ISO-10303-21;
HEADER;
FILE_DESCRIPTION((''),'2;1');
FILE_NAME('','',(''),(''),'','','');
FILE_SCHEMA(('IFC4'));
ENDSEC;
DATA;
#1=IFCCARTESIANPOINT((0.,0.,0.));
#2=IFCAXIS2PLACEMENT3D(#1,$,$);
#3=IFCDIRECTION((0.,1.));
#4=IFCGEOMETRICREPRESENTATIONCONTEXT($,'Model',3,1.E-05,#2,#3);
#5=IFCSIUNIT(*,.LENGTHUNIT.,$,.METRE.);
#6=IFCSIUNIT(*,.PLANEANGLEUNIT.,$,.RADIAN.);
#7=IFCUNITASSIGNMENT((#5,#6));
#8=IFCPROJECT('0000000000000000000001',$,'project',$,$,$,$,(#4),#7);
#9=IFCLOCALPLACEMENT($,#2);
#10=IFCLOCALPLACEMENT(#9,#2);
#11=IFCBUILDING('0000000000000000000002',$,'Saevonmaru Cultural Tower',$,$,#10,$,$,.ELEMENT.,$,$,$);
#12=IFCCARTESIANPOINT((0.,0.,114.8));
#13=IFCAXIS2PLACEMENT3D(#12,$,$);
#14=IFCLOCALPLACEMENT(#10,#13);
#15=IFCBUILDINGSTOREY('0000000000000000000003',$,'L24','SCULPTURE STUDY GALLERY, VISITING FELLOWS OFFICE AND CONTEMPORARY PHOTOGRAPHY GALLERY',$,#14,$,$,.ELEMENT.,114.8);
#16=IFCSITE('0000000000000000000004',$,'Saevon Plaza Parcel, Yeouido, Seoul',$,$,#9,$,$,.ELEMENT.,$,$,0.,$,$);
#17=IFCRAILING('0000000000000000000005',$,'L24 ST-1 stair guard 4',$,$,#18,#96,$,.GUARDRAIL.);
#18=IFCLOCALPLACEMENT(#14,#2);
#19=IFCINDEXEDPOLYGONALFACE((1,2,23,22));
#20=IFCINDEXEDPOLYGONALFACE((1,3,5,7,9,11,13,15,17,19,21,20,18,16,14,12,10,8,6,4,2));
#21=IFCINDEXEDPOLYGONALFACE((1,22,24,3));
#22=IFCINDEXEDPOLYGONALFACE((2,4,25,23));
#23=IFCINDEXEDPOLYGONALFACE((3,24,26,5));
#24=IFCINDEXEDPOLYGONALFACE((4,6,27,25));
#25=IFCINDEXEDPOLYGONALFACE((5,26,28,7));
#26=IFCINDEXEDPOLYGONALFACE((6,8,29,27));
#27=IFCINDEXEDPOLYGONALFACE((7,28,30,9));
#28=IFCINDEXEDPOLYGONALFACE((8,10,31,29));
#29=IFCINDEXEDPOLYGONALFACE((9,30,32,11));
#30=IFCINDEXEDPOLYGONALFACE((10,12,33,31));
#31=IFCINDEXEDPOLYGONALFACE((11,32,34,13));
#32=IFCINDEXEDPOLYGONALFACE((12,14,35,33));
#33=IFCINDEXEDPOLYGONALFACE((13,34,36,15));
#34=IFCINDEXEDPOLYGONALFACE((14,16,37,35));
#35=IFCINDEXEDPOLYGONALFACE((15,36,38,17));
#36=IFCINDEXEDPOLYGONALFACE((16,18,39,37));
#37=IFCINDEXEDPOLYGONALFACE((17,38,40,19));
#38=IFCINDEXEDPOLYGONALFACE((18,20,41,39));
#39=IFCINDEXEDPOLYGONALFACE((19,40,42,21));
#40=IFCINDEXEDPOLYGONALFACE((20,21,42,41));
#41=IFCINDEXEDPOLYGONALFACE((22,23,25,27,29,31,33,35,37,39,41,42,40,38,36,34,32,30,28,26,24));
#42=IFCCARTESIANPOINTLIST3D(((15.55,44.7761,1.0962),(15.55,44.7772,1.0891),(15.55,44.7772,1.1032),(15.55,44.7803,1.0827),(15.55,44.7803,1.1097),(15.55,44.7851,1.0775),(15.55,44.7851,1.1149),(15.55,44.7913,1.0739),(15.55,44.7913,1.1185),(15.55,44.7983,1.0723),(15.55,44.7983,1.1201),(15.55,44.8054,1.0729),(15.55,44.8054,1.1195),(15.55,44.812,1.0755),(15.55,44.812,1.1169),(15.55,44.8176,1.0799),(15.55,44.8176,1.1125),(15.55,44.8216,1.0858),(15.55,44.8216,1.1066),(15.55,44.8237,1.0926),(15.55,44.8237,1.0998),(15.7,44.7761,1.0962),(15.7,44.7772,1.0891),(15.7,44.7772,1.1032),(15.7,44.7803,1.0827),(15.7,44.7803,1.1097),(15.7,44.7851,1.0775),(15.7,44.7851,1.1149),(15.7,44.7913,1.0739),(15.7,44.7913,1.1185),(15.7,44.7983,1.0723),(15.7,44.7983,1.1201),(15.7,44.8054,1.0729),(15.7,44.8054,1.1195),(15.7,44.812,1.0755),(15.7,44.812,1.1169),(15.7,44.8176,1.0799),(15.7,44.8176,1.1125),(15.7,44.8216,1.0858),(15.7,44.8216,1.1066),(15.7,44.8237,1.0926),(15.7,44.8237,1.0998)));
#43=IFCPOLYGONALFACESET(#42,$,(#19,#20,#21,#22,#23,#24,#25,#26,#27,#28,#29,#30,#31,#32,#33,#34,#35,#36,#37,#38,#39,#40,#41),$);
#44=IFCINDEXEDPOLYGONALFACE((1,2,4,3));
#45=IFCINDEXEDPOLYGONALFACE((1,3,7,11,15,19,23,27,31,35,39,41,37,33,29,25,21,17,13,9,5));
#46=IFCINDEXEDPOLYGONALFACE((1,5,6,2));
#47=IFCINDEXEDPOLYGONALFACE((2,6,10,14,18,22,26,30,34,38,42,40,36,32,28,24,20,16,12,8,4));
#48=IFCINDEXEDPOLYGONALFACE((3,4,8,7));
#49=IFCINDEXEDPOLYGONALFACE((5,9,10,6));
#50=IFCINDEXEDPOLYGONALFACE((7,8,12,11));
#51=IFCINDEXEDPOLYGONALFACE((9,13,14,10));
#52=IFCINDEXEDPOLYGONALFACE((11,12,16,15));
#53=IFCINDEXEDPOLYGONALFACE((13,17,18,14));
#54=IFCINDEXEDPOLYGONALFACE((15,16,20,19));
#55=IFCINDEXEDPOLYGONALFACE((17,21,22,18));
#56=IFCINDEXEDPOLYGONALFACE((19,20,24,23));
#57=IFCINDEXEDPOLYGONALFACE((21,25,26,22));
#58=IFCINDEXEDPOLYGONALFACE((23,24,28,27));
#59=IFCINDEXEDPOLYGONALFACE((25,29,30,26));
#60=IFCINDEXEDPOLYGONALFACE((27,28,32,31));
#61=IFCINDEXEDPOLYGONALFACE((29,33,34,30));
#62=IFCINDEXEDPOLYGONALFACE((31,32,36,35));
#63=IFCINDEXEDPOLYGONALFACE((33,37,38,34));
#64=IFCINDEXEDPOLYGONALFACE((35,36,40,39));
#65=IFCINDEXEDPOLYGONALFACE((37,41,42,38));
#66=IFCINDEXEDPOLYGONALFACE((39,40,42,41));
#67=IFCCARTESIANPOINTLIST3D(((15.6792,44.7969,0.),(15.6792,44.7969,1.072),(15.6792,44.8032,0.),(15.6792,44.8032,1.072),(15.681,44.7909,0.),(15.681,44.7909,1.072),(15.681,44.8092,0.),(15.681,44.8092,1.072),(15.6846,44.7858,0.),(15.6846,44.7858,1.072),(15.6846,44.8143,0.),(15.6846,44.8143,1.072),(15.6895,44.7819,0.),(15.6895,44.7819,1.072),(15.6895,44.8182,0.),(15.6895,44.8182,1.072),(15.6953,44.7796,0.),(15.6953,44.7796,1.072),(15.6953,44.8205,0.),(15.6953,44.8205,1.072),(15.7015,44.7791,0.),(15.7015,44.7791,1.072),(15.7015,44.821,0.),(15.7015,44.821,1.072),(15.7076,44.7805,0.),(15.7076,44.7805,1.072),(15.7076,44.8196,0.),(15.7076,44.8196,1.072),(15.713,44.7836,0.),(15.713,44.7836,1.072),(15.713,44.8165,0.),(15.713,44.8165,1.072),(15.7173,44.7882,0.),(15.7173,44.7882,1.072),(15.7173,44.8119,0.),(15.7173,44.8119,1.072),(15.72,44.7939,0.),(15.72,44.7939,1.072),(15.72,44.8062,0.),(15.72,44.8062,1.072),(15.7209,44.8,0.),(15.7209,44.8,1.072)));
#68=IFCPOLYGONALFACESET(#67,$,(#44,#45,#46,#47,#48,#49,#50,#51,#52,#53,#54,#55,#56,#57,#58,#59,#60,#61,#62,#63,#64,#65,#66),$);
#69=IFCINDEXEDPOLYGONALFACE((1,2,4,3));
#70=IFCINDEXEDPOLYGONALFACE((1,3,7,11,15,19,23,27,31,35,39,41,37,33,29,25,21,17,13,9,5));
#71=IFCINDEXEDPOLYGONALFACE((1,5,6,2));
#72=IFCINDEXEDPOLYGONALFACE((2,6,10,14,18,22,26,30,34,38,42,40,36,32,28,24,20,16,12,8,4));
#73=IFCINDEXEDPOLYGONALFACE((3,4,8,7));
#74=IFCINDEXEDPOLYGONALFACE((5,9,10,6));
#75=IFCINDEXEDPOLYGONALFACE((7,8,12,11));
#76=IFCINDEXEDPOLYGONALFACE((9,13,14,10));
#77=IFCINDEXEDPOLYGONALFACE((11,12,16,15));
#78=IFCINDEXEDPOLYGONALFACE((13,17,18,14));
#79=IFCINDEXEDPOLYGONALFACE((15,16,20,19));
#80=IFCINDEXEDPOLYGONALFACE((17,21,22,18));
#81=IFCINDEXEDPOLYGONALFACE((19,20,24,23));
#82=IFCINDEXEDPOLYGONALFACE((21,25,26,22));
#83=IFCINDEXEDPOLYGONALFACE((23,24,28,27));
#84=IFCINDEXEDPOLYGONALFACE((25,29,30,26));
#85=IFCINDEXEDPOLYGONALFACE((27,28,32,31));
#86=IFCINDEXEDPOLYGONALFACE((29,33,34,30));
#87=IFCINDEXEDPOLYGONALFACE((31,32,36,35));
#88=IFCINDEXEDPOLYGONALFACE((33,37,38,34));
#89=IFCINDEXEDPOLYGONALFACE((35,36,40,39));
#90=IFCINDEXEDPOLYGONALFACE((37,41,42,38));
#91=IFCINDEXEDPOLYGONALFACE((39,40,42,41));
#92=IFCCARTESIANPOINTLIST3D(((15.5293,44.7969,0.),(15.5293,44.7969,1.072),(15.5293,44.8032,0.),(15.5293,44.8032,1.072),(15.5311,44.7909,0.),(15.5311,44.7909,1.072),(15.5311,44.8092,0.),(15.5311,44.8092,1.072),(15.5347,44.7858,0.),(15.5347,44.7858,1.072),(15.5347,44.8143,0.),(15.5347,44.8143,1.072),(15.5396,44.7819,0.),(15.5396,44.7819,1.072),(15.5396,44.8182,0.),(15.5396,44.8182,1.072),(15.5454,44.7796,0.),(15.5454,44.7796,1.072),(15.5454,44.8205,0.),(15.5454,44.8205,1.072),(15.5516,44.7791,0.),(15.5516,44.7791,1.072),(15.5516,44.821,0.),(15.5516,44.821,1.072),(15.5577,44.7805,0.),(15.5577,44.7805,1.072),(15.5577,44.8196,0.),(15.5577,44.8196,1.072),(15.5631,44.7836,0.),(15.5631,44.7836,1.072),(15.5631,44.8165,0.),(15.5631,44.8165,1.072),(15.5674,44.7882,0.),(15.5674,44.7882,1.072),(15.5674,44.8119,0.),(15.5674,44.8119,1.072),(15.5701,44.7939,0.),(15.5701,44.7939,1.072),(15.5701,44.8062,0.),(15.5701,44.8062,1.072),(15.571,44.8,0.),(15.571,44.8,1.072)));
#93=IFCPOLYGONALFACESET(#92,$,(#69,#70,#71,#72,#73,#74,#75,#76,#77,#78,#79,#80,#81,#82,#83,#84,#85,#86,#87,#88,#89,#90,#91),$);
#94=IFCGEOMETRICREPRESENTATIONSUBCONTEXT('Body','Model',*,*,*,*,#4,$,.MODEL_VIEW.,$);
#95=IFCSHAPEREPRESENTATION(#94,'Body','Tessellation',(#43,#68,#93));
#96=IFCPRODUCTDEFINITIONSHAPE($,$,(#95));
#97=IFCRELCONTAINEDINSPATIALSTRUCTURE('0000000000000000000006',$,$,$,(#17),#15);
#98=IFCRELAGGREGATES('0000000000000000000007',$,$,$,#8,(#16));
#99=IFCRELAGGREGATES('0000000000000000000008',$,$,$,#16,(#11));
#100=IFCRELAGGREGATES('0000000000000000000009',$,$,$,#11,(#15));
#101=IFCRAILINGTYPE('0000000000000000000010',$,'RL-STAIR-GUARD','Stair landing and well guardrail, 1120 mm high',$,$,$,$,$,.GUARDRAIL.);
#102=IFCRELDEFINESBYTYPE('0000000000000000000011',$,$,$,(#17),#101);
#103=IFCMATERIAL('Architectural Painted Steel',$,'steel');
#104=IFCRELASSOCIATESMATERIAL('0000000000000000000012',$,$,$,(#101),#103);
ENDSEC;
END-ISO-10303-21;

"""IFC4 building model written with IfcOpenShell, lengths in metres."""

from ifc_helpers import new_model, si_unit, direction, frame, origin, origin_2d, place, context, subcontext, project, spatial, circle, extrude, material, type_object, element, save


model = new_model("IFC4")

# Units and contexts
model_context = context("Model", 3, precision=1e-05, world=origin(), true_north=direction((0.0, 1.0)))
body_context = subcontext(model_context, "Body", "Model", "MODEL_VIEW")
ifc_project = project(units=[si_unit("LENGTHUNIT", "METRE"), si_unit("PLANEANGLEUNIT", "RADIAN")], contexts=[model_context])

# Site, building, storey
site_placement = place(None, origin())
site = spatial("IfcSite", under=ifc_project, at=site_placement, Name="Saevon Plaza Parcel, Yeouido, Seoul", CompositionType="ELEMENT", RefElevation=0.0)
building_placement = place(site_placement, origin())
building = spatial("IfcBuilding", under=site, at=building_placement, Name="Saevonmaru Cultural Tower", CompositionType="ELEMENT")
storey_placement = place(building_placement, frame((0.0, 0.0, 114.8)))
storey = spatial("IfcBuildingStorey", under=building, at=storey_placement, Name="L24", Description="SCULPTURE STUDY GALLERY, VISITING FELLOWS OFFICE AND CONTEMPORARY PHOTOGRAPHY GALLERY", CompositionType="ELEMENT", Elevation=114.8)

# Railing
ifc_material_1 = material(Name="Architectural Painted Steel", Category="steel")
railing_type_1 = type_object("IfcRailingType", Name="RL-STAIR-GUARD", Description="Stair landing and well guardrail, 1120 mm high", PredefinedType="GUARDRAIL", material=ifc_material_1)
railing_1_placement = place(storey_placement, frame((15.7, 44.8, 0.0)))
element("IfcRailing", 1, at=railing_1_placement, inside=storey, type_object=railing_type_1, Name="L24 ST-1 stair guard 4", PredefinedType="GUARDRAIL", context=body_context, shape_type="SweptSolid", body=[
    extrude(circle(Radius=0.0239, at=origin_2d()), frame((0.0, 0.0, 1.0962), z_axis=(-1.0, 0.0, 0.0), x_axis=(0.0, -1.0, 0.0)), (0.0, 0.0, 1.0), 0.1499),
    extrude(circle(Radius=0.021, at=origin_2d()), origin(), (0.0, 0.0, 1.0), 1.072),
    extrude(circle(Radius=0.021, at=origin_2d()), frame((-0.1499, 0.0, 0.0)), (0.0, 0.0, 1.0), 1.072),
])

save(model, "model.ifc")
